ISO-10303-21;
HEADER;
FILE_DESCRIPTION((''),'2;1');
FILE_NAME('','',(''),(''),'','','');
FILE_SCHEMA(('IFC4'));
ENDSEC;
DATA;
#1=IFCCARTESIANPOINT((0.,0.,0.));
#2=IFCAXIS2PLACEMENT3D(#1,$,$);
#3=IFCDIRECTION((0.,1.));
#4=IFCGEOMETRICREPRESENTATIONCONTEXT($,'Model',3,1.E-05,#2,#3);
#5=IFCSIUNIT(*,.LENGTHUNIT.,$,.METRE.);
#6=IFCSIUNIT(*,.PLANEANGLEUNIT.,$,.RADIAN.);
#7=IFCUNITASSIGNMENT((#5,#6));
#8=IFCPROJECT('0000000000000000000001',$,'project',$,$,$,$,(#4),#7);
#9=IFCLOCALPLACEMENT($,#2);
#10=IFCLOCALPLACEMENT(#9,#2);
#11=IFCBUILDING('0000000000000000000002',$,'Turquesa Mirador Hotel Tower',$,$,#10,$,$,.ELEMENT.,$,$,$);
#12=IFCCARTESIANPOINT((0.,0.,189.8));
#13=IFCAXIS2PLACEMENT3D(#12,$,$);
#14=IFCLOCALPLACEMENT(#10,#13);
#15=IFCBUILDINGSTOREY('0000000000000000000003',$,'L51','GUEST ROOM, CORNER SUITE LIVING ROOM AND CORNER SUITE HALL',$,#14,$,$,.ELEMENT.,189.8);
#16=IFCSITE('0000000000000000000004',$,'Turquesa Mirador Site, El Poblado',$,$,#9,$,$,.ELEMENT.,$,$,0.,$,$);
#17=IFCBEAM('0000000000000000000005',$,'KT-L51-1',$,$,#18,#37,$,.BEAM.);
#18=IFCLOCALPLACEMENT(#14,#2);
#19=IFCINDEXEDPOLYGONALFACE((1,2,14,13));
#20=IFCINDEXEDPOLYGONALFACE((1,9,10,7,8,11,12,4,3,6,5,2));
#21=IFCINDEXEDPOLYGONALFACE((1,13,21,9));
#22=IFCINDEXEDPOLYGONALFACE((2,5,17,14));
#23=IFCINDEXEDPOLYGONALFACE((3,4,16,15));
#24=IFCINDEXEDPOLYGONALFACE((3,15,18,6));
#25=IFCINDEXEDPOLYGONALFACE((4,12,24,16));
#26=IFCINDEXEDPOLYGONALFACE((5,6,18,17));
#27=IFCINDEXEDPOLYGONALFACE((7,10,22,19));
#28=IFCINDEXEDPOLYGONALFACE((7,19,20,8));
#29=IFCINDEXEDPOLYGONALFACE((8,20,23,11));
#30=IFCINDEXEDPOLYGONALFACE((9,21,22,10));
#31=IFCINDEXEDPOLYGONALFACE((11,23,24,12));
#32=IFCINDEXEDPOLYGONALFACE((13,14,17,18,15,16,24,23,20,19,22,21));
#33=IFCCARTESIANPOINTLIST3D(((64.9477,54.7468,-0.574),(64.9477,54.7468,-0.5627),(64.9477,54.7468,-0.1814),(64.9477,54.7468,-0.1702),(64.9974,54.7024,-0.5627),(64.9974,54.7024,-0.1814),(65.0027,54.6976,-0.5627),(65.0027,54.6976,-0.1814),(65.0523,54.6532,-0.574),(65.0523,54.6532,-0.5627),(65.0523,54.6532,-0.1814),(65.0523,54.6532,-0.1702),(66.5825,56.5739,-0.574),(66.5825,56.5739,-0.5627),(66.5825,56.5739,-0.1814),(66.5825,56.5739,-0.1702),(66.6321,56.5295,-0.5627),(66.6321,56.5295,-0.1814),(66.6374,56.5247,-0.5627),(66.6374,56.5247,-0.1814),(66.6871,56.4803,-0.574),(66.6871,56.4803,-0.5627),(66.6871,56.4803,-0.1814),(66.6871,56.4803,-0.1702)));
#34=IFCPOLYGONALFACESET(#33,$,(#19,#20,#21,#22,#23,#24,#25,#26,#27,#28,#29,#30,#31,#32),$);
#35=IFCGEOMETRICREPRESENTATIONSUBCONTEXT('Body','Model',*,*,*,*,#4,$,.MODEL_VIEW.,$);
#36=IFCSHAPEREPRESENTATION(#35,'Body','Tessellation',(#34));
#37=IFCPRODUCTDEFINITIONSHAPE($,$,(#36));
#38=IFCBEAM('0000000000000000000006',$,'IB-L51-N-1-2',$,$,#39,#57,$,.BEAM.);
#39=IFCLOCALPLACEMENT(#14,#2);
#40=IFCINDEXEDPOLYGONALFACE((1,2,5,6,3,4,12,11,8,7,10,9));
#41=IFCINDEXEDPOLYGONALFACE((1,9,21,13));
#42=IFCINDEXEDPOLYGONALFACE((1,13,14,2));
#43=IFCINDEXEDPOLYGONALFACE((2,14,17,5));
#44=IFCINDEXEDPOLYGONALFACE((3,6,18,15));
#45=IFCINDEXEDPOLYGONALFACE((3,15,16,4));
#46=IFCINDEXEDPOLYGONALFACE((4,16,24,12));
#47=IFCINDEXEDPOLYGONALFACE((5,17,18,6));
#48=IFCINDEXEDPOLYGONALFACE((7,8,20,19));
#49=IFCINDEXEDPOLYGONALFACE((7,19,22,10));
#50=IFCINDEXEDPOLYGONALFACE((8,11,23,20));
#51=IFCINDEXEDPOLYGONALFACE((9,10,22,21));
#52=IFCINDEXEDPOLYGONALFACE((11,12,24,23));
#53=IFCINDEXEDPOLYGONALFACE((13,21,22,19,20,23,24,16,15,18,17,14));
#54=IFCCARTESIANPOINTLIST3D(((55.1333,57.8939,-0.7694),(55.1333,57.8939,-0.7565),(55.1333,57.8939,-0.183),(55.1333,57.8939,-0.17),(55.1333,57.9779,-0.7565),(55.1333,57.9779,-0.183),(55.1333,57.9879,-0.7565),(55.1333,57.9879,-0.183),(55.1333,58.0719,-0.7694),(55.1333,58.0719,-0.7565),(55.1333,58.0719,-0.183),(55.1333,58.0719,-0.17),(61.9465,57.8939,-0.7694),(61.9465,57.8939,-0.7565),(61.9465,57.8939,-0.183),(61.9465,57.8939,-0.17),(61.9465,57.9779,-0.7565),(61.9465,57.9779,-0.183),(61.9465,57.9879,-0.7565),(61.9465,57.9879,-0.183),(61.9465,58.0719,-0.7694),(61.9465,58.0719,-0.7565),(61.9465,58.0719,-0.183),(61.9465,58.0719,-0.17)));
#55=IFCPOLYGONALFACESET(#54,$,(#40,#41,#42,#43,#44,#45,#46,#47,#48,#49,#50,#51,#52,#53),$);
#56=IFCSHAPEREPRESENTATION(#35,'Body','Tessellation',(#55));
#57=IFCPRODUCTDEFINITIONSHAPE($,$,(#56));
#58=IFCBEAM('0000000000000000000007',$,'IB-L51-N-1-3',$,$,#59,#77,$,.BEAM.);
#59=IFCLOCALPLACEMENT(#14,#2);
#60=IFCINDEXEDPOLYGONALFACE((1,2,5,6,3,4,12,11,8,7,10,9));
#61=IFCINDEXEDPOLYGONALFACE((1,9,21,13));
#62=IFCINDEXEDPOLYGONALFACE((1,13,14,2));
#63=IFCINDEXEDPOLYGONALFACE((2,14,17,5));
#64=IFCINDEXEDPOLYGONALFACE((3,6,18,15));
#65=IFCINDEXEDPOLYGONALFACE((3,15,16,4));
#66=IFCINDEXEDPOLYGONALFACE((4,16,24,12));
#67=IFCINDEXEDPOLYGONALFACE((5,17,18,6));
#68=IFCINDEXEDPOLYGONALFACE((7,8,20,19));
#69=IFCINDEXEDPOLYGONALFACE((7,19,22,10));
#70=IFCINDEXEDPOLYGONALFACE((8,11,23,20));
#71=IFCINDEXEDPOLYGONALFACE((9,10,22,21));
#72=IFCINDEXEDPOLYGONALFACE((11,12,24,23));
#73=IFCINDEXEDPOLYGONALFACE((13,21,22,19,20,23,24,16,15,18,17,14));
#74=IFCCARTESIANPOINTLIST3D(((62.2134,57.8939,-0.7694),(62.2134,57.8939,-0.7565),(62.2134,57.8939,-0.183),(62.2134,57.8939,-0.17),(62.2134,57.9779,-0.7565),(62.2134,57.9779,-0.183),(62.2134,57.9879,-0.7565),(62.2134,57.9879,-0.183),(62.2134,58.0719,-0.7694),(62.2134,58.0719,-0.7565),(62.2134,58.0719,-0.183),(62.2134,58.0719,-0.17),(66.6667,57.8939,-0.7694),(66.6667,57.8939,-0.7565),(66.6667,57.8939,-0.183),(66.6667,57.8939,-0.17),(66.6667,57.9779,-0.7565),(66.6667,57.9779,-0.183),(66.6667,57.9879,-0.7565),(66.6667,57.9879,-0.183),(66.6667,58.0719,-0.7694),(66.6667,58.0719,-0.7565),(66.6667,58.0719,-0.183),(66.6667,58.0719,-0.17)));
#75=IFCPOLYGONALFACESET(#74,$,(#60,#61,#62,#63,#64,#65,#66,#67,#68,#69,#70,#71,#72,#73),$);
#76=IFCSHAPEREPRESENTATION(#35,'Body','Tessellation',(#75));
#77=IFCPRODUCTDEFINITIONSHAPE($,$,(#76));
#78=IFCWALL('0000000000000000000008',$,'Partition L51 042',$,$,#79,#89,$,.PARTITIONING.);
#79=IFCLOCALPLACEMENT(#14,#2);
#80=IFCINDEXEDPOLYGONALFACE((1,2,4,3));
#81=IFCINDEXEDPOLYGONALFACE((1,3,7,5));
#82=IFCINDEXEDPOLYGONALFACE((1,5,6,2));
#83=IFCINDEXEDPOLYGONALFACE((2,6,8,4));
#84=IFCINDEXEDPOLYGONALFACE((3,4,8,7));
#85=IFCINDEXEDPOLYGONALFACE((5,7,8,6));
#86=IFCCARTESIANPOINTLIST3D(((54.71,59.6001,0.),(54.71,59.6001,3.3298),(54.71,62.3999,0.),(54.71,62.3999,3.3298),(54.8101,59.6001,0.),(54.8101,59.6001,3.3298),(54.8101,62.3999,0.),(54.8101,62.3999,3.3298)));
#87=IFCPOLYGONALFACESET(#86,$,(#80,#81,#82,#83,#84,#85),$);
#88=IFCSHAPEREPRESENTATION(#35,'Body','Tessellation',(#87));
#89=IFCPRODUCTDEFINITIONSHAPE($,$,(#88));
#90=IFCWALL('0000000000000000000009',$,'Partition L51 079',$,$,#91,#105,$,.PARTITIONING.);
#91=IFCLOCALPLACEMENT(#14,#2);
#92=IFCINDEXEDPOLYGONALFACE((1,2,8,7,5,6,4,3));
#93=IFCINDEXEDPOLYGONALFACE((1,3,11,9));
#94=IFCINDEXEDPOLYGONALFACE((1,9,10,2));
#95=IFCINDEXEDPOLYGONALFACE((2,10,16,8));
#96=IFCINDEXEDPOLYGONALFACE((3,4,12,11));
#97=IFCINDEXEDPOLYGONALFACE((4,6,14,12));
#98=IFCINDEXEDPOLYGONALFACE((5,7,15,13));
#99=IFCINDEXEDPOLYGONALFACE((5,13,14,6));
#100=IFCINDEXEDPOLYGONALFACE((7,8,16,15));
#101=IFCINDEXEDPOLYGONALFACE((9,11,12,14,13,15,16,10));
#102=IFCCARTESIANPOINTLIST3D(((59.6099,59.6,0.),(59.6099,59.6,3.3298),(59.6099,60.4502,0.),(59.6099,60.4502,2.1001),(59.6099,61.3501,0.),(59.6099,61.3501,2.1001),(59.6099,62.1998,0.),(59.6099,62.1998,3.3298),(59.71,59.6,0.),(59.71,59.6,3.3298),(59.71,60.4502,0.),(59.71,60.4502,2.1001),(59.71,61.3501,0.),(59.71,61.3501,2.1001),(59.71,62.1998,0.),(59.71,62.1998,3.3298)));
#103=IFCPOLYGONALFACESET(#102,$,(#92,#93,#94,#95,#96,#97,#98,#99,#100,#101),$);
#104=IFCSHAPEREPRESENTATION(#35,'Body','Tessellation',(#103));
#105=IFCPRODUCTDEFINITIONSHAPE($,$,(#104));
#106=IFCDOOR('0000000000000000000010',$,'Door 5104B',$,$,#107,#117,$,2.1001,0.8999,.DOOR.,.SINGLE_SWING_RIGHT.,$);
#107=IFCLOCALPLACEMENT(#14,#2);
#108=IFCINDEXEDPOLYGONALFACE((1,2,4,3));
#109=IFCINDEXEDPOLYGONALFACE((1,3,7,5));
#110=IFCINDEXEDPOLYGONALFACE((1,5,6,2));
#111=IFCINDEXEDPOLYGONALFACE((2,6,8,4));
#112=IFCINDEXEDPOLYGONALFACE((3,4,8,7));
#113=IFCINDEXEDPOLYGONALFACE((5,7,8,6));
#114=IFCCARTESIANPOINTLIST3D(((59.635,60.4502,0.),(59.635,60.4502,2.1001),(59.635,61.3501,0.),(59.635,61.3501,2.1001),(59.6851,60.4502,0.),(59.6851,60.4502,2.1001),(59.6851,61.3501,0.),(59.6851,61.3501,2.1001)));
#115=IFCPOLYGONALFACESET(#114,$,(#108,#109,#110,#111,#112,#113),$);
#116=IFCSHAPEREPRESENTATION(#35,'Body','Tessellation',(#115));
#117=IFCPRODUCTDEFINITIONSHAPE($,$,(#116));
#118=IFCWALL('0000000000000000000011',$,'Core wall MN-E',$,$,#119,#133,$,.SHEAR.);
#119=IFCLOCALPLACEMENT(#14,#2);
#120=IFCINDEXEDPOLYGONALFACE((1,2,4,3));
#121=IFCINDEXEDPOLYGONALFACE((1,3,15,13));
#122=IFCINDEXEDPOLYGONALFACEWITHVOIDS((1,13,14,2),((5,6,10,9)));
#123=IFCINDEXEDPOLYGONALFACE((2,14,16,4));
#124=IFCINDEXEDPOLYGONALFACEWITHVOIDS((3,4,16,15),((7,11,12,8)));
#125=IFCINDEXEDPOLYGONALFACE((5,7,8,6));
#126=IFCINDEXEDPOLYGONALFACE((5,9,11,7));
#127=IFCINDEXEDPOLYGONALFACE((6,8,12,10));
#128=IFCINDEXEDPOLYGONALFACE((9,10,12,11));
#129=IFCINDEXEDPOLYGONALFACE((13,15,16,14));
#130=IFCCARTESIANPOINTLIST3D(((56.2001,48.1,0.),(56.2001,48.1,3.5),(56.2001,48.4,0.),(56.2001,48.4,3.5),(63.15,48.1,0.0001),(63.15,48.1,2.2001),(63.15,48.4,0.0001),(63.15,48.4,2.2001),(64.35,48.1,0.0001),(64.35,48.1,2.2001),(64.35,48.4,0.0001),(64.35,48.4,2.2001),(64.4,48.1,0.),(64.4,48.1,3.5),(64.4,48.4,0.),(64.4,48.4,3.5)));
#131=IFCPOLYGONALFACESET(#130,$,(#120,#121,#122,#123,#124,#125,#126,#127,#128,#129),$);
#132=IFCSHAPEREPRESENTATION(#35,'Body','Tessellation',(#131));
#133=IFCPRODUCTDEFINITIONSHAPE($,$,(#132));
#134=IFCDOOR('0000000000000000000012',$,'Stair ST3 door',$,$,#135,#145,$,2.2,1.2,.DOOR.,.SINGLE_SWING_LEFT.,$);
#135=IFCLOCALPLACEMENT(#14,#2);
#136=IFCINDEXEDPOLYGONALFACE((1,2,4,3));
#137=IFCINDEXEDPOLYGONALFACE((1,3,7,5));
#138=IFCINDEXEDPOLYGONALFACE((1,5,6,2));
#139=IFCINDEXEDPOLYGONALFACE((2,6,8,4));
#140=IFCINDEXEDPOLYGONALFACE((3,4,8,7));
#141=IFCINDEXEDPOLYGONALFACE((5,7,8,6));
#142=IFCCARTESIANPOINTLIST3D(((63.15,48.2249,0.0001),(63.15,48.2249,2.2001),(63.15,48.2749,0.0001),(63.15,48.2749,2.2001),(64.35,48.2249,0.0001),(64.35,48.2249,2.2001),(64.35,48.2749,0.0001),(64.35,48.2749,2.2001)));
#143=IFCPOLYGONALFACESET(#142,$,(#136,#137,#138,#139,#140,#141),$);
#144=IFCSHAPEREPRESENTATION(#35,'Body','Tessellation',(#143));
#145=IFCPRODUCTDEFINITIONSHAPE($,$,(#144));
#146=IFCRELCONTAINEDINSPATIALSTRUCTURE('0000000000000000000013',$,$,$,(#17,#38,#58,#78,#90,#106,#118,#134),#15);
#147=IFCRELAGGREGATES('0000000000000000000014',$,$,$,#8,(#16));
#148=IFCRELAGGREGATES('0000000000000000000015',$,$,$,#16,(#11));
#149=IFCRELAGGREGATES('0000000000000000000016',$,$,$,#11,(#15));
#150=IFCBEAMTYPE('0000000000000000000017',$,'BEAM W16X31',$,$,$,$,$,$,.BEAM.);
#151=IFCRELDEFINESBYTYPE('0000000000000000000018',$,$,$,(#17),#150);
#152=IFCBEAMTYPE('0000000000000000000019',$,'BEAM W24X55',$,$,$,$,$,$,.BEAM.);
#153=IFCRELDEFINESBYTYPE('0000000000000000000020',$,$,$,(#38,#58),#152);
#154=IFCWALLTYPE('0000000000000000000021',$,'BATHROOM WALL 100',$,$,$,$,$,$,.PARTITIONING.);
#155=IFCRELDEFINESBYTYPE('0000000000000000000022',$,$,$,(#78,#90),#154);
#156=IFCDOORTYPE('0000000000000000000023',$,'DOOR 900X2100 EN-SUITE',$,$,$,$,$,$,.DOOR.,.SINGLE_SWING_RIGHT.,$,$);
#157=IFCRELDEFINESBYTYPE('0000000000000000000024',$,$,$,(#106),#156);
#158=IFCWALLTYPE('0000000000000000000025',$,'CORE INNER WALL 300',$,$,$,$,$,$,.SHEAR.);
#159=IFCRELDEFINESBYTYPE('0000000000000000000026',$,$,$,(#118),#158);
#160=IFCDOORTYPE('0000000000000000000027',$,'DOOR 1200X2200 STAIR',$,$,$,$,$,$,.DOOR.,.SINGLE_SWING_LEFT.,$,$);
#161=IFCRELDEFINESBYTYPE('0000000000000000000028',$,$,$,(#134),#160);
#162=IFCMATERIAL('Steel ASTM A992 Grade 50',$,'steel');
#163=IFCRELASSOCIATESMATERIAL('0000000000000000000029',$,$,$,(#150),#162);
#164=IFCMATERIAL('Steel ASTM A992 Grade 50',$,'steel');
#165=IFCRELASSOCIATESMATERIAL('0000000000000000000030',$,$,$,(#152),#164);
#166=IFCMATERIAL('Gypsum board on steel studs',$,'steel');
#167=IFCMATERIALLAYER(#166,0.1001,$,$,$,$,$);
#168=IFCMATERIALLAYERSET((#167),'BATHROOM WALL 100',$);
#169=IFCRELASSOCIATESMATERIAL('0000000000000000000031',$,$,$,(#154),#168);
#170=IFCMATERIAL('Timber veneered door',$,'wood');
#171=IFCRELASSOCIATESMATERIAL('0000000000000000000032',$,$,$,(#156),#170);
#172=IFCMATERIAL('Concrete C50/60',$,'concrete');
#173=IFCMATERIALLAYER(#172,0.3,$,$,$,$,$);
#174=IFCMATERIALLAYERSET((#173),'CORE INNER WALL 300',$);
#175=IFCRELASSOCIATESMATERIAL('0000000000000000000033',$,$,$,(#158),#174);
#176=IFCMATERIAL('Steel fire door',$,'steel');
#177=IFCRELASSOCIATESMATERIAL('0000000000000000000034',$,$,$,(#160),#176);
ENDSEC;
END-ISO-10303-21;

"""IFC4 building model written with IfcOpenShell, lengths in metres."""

from ifc_helpers import new_model, si_unit, direction, frame, frame_2d, origin, origin_2d, place, context, subcontext, project, spatial, rectangle, i_section, extrude, material, layer, layer_set, material_profile, profile_set, type_object, element, fill, save


model = new_model("IFC4")

# Units and contexts
model_context = context("Model", 3, precision=1e-05, world=origin(), true_north=direction((0.0, 1.0)))
body_context = subcontext(model_context, "Body", "Model", "MODEL_VIEW")
ifc_project = project(units=[si_unit("LENGTHUNIT", "METRE"), si_unit("PLANEANGLEUNIT", "RADIAN")], contexts=[model_context])

# Site, building, storey
site_placement = place(None, origin())
site = spatial("IfcSite", under=ifc_project, at=site_placement, Name="Turquesa Mirador Site, El Poblado", CompositionType="ELEMENT", RefElevation=0.0)
building_placement = place(site_placement, origin())
building = spatial("IfcBuilding", under=site, at=building_placement, Name="Turquesa Mirador Hotel Tower", CompositionType="ELEMENT")
storey_placement = place(building_placement, frame((0.0, 0.0, 189.8)))
storey = spatial("IfcBuildingStorey", under=building, at=storey_placement, Name="L51", Description="GUEST ROOM, CORNER SUITE LIVING ROOM AND CORNER SUITE HALL", CompositionType="ELEMENT", Elevation=189.8)

# Beams
ifc_material_1 = material(Name="Steel ASTM A992 Grade 50", Category="steel")
ifc_material_profile_1 = material_profile(ifc_material_1, i_section(OverallWidth=0.1404, OverallDepth=0.4038, WebThickness=0.0071, FlangeThickness=0.0112, at=origin_2d()), Name="W16X31")
ifc_profile_set_1 = profile_set([ifc_material_profile_1], Name="Steel ASTM A992 Grade 50")
beam_type_1 = type_object("IfcBeamType", Name="BEAM W16X31", PredefinedType="BEAM", material=ifc_profile_set_1)
beam_1_placement = place(storey_placement, frame((66.6348, 56.5271, -0.3721), z_axis=(-0.666783, -0.745252, 0.0), x_axis=(0.745252, -0.666783, 0.0)))
element("IfcBeam", 1, at=beam_1_placement, inside=storey, type_object=beam_type_1, Name="KT-L51-1", PredefinedType="BEAM", context=body_context, shape_type="SweptSolid", body=[
    extrude(i_section(OverallWidth=0.1404, OverallDepth=0.4038, WebThickness=0.0071, FlangeThickness=0.0112, at=origin_2d()), origin(), (0.0, 0.0, 1.0), 2.4517),
])
ifc_material_2 = material(Name="Steel ASTM A992 Grade 50", Category="steel")
ifc_material_profile_2 = material_profile(ifc_material_2, i_section(OverallWidth=0.178, OverallDepth=0.5994, WebThickness=0.01, FlangeThickness=0.0129, at=origin_2d()), Name="W24X55")
ifc_profile_set_2 = profile_set([ifc_material_profile_2], Name="Steel ASTM A992 Grade 50")
beam_type_2 = type_object("IfcBeamType", Name="BEAM W24X55", PredefinedType="BEAM", material=ifc_profile_set_2)
beam_2_placement = place(storey_placement, frame((55.1333, 57.9829, -0.4697), z_axis=(1.0, 0.0, 0.0), x_axis=(0.0, 1.0, 0.0)))
element("IfcBeam", 2, at=beam_2_placement, inside=storey, type_object=beam_type_2, Name="IB-L51-N-1-2", PredefinedType="BEAM", context=body_context, shape_type="SweptSolid", body=[
    extrude(i_section(OverallWidth=0.178, OverallDepth=0.5994, WebThickness=0.01, FlangeThickness=0.0129, at=origin_2d()), origin(), (0.0, 0.0, 1.0), 6.8132),
])
beam_3_placement = place(storey_placement, frame((62.2134, 57.9829, -0.4697), z_axis=(1.0, 0.0, 0.0), x_axis=(0.0, 1.0, 0.0)))
element("IfcBeam", 3, at=beam_3_placement, inside=storey, type_object=beam_type_2, Name="IB-L51-N-1-3", PredefinedType="BEAM", context=body_context, shape_type="SweptSolid", body=[
    extrude(i_section(OverallWidth=0.178, OverallDepth=0.5994, WebThickness=0.01, FlangeThickness=0.0129, at=origin_2d()), origin(), (0.0, 0.0, 1.0), 4.4534),
])

# Wall
ifc_material_3 = material(Name="Gypsum board on steel studs", Category="steel")
ifc_layer_1 = layer(ifc_material_3, 0.1001)
ifc_layer_set_1 = layer_set([ifc_layer_1], Name="BATHROOM WALL 100")
wall_type_1 = type_object("IfcWallType", Name="BATHROOM WALL 100", PredefinedType="PARTITIONING", material=ifc_layer_set_1)
wall_1_placement = place(storey_placement, frame((54.76, 59.6001, 0.0), z_axis=(0.0, 0.0, 1.0), x_axis=(0.0, 1.0, 0.0)))
element("IfcWall", 4, at=wall_1_placement, inside=storey, type_object=wall_type_1, Name="Partition L51 042", PredefinedType="PARTITIONING", context=body_context, shape_type="SweptSolid", body=[
    extrude(rectangle(XDim=2.7998, YDim=0.1001, at=frame_2d((1.3999, 0.0))), origin(), (0.0, 0.0, 1.0), 3.3298),
])

# Walls, openings, doors
wall_2_placement = place(storey_placement, frame((59.6599, 59.6001, 0.0), z_axis=(0.0, 0.0, 1.0), x_axis=(0.0, 1.0, 0.0)))
wall_2 = element("IfcWall", 5, at=wall_2_placement, inside=storey, type_object=wall_type_1, Name="Partition L51 079", PredefinedType="PARTITIONING", context=body_context, shape_type="SweptSolid", body=[
    extrude(rectangle(XDim=2.5999, YDim=0.1001, at=frame_2d((1.2998, 0.0))), origin(), (0.0, 0.0, 1.0), 3.3298),
])
opening_1_placement = place(wall_2_placement, frame((0.8501, 0.0, 0.0)))
opening_1 = element("IfcOpeningElement", 6, at=opening_1_placement, cuts=wall_2, PredefinedType="OPENING", context=body_context, shape_type="SweptSolid", body=[
    extrude(rectangle(XDim=0.8999, YDim=2.1001, at=frame_2d((0.45, 1.05))), frame((0.0, 0.0601, 0.0), z_axis=(0.0, -1.0, 0.0), x_axis=(1.0, 0.0, 0.0)), (0.0, 0.0, 1.0), 0.1201),
])
ifc_material_4 = material(Name="Timber veneered door", Category="wood")
door_type_1 = type_object("IfcDoorType", Name="DOOR 900X2100 EN-SUITE", OperationType="SINGLE_SWING_RIGHT", PredefinedType="DOOR", material=ifc_material_4)
door_1_placement = place(opening_1_placement, origin())
door_1 = element("IfcDoor", 7, at=door_1_placement, inside=storey, type_object=door_type_1, Name="Door 5104B", OperationType="SINGLE_SWING_RIGHT", OverallHeight=2.1001, OverallWidth=0.8999, PredefinedType="DOOR", context=body_context, shape_type="SweptSolid", body=[
    extrude(rectangle(XDim=0.8999, YDim=2.1001, at=frame_2d((0.45, 1.05))), frame((0.0, 0.0249, 0.0), z_axis=(0.0, -1.0, 0.0), x_axis=(1.0, 0.0, 0.0)), (0.0, 0.0, 1.0), 0.05),
])
fill(opening_1, door_1)
ifc_material_5 = material(Name="Concrete C50/60", Category="concrete")
ifc_layer_2 = layer(ifc_material_5, 0.3)
ifc_layer_set_2 = layer_set([ifc_layer_2], Name="CORE INNER WALL 300")
wall_type_2 = type_object("IfcWallType", Name="CORE INNER WALL 300", PredefinedType="SHEAR", material=ifc_layer_set_2)
wall_3_placement = place(storey_placement, frame((56.2, 48.25, 0.0), z_axis=(0.0, 0.0, 1.0), x_axis=(1.0, 0.0, 0.0)))
wall_3 = element("IfcWall", 8, at=wall_3_placement, inside=storey, type_object=wall_type_2, Name="Core wall MN-E", PredefinedType="SHEAR", context=body_context, shape_type="SweptSolid", body=[
    extrude(rectangle(XDim=8.2, YDim=0.3, at=frame_2d((4.1001, 0.0))), origin(), (0.0, 0.0, 1.0), 3.5),
])
opening_2_placement = place(wall_3_placement, frame((6.95, 0.0, 0.0)))
opening_2 = element("IfcOpeningElement", 9, at=opening_2_placement, cuts=wall_3, PredefinedType="OPENING", context=body_context, shape_type="SweptSolid", body=[
    extrude(rectangle(XDim=1.2, YDim=2.2, at=frame_2d((0.6001, 1.1001))), frame((0.0, 0.1599, 0.0), z_axis=(0.0, -1.0, 0.0), x_axis=(1.0, 0.0, 0.0)), (0.0, 0.0, 1.0), 0.3201),
])
ifc_material_6 = material(Name="Steel fire door", Category="steel")
door_type_2 = type_object("IfcDoorType", Name="DOOR 1200X2200 STAIR", OperationType="SINGLE_SWING_LEFT", PredefinedType="DOOR", material=ifc_material_6)
door_2_placement = place(opening_2_placement, origin())
door_2 = element("IfcDoor", 10, at=door_2_placement, inside=storey, type_object=door_type_2, Name="Stair ST3 door", OperationType="SINGLE_SWING_LEFT", OverallHeight=2.2, OverallWidth=1.2, PredefinedType="DOOR", context=body_context, shape_type="SweptSolid", body=[
    extrude(rectangle(XDim=1.2, YDim=2.2, at=frame_2d((0.6001, 1.1001))), frame((0.0, 0.0249, 0.0), z_axis=(0.0, -1.0, 0.0), x_axis=(1.0, 0.0, 0.0)), (0.0, 0.0, 1.0), 0.05),
])
fill(opening_2, door_2)

save(model, "model.ifc")
